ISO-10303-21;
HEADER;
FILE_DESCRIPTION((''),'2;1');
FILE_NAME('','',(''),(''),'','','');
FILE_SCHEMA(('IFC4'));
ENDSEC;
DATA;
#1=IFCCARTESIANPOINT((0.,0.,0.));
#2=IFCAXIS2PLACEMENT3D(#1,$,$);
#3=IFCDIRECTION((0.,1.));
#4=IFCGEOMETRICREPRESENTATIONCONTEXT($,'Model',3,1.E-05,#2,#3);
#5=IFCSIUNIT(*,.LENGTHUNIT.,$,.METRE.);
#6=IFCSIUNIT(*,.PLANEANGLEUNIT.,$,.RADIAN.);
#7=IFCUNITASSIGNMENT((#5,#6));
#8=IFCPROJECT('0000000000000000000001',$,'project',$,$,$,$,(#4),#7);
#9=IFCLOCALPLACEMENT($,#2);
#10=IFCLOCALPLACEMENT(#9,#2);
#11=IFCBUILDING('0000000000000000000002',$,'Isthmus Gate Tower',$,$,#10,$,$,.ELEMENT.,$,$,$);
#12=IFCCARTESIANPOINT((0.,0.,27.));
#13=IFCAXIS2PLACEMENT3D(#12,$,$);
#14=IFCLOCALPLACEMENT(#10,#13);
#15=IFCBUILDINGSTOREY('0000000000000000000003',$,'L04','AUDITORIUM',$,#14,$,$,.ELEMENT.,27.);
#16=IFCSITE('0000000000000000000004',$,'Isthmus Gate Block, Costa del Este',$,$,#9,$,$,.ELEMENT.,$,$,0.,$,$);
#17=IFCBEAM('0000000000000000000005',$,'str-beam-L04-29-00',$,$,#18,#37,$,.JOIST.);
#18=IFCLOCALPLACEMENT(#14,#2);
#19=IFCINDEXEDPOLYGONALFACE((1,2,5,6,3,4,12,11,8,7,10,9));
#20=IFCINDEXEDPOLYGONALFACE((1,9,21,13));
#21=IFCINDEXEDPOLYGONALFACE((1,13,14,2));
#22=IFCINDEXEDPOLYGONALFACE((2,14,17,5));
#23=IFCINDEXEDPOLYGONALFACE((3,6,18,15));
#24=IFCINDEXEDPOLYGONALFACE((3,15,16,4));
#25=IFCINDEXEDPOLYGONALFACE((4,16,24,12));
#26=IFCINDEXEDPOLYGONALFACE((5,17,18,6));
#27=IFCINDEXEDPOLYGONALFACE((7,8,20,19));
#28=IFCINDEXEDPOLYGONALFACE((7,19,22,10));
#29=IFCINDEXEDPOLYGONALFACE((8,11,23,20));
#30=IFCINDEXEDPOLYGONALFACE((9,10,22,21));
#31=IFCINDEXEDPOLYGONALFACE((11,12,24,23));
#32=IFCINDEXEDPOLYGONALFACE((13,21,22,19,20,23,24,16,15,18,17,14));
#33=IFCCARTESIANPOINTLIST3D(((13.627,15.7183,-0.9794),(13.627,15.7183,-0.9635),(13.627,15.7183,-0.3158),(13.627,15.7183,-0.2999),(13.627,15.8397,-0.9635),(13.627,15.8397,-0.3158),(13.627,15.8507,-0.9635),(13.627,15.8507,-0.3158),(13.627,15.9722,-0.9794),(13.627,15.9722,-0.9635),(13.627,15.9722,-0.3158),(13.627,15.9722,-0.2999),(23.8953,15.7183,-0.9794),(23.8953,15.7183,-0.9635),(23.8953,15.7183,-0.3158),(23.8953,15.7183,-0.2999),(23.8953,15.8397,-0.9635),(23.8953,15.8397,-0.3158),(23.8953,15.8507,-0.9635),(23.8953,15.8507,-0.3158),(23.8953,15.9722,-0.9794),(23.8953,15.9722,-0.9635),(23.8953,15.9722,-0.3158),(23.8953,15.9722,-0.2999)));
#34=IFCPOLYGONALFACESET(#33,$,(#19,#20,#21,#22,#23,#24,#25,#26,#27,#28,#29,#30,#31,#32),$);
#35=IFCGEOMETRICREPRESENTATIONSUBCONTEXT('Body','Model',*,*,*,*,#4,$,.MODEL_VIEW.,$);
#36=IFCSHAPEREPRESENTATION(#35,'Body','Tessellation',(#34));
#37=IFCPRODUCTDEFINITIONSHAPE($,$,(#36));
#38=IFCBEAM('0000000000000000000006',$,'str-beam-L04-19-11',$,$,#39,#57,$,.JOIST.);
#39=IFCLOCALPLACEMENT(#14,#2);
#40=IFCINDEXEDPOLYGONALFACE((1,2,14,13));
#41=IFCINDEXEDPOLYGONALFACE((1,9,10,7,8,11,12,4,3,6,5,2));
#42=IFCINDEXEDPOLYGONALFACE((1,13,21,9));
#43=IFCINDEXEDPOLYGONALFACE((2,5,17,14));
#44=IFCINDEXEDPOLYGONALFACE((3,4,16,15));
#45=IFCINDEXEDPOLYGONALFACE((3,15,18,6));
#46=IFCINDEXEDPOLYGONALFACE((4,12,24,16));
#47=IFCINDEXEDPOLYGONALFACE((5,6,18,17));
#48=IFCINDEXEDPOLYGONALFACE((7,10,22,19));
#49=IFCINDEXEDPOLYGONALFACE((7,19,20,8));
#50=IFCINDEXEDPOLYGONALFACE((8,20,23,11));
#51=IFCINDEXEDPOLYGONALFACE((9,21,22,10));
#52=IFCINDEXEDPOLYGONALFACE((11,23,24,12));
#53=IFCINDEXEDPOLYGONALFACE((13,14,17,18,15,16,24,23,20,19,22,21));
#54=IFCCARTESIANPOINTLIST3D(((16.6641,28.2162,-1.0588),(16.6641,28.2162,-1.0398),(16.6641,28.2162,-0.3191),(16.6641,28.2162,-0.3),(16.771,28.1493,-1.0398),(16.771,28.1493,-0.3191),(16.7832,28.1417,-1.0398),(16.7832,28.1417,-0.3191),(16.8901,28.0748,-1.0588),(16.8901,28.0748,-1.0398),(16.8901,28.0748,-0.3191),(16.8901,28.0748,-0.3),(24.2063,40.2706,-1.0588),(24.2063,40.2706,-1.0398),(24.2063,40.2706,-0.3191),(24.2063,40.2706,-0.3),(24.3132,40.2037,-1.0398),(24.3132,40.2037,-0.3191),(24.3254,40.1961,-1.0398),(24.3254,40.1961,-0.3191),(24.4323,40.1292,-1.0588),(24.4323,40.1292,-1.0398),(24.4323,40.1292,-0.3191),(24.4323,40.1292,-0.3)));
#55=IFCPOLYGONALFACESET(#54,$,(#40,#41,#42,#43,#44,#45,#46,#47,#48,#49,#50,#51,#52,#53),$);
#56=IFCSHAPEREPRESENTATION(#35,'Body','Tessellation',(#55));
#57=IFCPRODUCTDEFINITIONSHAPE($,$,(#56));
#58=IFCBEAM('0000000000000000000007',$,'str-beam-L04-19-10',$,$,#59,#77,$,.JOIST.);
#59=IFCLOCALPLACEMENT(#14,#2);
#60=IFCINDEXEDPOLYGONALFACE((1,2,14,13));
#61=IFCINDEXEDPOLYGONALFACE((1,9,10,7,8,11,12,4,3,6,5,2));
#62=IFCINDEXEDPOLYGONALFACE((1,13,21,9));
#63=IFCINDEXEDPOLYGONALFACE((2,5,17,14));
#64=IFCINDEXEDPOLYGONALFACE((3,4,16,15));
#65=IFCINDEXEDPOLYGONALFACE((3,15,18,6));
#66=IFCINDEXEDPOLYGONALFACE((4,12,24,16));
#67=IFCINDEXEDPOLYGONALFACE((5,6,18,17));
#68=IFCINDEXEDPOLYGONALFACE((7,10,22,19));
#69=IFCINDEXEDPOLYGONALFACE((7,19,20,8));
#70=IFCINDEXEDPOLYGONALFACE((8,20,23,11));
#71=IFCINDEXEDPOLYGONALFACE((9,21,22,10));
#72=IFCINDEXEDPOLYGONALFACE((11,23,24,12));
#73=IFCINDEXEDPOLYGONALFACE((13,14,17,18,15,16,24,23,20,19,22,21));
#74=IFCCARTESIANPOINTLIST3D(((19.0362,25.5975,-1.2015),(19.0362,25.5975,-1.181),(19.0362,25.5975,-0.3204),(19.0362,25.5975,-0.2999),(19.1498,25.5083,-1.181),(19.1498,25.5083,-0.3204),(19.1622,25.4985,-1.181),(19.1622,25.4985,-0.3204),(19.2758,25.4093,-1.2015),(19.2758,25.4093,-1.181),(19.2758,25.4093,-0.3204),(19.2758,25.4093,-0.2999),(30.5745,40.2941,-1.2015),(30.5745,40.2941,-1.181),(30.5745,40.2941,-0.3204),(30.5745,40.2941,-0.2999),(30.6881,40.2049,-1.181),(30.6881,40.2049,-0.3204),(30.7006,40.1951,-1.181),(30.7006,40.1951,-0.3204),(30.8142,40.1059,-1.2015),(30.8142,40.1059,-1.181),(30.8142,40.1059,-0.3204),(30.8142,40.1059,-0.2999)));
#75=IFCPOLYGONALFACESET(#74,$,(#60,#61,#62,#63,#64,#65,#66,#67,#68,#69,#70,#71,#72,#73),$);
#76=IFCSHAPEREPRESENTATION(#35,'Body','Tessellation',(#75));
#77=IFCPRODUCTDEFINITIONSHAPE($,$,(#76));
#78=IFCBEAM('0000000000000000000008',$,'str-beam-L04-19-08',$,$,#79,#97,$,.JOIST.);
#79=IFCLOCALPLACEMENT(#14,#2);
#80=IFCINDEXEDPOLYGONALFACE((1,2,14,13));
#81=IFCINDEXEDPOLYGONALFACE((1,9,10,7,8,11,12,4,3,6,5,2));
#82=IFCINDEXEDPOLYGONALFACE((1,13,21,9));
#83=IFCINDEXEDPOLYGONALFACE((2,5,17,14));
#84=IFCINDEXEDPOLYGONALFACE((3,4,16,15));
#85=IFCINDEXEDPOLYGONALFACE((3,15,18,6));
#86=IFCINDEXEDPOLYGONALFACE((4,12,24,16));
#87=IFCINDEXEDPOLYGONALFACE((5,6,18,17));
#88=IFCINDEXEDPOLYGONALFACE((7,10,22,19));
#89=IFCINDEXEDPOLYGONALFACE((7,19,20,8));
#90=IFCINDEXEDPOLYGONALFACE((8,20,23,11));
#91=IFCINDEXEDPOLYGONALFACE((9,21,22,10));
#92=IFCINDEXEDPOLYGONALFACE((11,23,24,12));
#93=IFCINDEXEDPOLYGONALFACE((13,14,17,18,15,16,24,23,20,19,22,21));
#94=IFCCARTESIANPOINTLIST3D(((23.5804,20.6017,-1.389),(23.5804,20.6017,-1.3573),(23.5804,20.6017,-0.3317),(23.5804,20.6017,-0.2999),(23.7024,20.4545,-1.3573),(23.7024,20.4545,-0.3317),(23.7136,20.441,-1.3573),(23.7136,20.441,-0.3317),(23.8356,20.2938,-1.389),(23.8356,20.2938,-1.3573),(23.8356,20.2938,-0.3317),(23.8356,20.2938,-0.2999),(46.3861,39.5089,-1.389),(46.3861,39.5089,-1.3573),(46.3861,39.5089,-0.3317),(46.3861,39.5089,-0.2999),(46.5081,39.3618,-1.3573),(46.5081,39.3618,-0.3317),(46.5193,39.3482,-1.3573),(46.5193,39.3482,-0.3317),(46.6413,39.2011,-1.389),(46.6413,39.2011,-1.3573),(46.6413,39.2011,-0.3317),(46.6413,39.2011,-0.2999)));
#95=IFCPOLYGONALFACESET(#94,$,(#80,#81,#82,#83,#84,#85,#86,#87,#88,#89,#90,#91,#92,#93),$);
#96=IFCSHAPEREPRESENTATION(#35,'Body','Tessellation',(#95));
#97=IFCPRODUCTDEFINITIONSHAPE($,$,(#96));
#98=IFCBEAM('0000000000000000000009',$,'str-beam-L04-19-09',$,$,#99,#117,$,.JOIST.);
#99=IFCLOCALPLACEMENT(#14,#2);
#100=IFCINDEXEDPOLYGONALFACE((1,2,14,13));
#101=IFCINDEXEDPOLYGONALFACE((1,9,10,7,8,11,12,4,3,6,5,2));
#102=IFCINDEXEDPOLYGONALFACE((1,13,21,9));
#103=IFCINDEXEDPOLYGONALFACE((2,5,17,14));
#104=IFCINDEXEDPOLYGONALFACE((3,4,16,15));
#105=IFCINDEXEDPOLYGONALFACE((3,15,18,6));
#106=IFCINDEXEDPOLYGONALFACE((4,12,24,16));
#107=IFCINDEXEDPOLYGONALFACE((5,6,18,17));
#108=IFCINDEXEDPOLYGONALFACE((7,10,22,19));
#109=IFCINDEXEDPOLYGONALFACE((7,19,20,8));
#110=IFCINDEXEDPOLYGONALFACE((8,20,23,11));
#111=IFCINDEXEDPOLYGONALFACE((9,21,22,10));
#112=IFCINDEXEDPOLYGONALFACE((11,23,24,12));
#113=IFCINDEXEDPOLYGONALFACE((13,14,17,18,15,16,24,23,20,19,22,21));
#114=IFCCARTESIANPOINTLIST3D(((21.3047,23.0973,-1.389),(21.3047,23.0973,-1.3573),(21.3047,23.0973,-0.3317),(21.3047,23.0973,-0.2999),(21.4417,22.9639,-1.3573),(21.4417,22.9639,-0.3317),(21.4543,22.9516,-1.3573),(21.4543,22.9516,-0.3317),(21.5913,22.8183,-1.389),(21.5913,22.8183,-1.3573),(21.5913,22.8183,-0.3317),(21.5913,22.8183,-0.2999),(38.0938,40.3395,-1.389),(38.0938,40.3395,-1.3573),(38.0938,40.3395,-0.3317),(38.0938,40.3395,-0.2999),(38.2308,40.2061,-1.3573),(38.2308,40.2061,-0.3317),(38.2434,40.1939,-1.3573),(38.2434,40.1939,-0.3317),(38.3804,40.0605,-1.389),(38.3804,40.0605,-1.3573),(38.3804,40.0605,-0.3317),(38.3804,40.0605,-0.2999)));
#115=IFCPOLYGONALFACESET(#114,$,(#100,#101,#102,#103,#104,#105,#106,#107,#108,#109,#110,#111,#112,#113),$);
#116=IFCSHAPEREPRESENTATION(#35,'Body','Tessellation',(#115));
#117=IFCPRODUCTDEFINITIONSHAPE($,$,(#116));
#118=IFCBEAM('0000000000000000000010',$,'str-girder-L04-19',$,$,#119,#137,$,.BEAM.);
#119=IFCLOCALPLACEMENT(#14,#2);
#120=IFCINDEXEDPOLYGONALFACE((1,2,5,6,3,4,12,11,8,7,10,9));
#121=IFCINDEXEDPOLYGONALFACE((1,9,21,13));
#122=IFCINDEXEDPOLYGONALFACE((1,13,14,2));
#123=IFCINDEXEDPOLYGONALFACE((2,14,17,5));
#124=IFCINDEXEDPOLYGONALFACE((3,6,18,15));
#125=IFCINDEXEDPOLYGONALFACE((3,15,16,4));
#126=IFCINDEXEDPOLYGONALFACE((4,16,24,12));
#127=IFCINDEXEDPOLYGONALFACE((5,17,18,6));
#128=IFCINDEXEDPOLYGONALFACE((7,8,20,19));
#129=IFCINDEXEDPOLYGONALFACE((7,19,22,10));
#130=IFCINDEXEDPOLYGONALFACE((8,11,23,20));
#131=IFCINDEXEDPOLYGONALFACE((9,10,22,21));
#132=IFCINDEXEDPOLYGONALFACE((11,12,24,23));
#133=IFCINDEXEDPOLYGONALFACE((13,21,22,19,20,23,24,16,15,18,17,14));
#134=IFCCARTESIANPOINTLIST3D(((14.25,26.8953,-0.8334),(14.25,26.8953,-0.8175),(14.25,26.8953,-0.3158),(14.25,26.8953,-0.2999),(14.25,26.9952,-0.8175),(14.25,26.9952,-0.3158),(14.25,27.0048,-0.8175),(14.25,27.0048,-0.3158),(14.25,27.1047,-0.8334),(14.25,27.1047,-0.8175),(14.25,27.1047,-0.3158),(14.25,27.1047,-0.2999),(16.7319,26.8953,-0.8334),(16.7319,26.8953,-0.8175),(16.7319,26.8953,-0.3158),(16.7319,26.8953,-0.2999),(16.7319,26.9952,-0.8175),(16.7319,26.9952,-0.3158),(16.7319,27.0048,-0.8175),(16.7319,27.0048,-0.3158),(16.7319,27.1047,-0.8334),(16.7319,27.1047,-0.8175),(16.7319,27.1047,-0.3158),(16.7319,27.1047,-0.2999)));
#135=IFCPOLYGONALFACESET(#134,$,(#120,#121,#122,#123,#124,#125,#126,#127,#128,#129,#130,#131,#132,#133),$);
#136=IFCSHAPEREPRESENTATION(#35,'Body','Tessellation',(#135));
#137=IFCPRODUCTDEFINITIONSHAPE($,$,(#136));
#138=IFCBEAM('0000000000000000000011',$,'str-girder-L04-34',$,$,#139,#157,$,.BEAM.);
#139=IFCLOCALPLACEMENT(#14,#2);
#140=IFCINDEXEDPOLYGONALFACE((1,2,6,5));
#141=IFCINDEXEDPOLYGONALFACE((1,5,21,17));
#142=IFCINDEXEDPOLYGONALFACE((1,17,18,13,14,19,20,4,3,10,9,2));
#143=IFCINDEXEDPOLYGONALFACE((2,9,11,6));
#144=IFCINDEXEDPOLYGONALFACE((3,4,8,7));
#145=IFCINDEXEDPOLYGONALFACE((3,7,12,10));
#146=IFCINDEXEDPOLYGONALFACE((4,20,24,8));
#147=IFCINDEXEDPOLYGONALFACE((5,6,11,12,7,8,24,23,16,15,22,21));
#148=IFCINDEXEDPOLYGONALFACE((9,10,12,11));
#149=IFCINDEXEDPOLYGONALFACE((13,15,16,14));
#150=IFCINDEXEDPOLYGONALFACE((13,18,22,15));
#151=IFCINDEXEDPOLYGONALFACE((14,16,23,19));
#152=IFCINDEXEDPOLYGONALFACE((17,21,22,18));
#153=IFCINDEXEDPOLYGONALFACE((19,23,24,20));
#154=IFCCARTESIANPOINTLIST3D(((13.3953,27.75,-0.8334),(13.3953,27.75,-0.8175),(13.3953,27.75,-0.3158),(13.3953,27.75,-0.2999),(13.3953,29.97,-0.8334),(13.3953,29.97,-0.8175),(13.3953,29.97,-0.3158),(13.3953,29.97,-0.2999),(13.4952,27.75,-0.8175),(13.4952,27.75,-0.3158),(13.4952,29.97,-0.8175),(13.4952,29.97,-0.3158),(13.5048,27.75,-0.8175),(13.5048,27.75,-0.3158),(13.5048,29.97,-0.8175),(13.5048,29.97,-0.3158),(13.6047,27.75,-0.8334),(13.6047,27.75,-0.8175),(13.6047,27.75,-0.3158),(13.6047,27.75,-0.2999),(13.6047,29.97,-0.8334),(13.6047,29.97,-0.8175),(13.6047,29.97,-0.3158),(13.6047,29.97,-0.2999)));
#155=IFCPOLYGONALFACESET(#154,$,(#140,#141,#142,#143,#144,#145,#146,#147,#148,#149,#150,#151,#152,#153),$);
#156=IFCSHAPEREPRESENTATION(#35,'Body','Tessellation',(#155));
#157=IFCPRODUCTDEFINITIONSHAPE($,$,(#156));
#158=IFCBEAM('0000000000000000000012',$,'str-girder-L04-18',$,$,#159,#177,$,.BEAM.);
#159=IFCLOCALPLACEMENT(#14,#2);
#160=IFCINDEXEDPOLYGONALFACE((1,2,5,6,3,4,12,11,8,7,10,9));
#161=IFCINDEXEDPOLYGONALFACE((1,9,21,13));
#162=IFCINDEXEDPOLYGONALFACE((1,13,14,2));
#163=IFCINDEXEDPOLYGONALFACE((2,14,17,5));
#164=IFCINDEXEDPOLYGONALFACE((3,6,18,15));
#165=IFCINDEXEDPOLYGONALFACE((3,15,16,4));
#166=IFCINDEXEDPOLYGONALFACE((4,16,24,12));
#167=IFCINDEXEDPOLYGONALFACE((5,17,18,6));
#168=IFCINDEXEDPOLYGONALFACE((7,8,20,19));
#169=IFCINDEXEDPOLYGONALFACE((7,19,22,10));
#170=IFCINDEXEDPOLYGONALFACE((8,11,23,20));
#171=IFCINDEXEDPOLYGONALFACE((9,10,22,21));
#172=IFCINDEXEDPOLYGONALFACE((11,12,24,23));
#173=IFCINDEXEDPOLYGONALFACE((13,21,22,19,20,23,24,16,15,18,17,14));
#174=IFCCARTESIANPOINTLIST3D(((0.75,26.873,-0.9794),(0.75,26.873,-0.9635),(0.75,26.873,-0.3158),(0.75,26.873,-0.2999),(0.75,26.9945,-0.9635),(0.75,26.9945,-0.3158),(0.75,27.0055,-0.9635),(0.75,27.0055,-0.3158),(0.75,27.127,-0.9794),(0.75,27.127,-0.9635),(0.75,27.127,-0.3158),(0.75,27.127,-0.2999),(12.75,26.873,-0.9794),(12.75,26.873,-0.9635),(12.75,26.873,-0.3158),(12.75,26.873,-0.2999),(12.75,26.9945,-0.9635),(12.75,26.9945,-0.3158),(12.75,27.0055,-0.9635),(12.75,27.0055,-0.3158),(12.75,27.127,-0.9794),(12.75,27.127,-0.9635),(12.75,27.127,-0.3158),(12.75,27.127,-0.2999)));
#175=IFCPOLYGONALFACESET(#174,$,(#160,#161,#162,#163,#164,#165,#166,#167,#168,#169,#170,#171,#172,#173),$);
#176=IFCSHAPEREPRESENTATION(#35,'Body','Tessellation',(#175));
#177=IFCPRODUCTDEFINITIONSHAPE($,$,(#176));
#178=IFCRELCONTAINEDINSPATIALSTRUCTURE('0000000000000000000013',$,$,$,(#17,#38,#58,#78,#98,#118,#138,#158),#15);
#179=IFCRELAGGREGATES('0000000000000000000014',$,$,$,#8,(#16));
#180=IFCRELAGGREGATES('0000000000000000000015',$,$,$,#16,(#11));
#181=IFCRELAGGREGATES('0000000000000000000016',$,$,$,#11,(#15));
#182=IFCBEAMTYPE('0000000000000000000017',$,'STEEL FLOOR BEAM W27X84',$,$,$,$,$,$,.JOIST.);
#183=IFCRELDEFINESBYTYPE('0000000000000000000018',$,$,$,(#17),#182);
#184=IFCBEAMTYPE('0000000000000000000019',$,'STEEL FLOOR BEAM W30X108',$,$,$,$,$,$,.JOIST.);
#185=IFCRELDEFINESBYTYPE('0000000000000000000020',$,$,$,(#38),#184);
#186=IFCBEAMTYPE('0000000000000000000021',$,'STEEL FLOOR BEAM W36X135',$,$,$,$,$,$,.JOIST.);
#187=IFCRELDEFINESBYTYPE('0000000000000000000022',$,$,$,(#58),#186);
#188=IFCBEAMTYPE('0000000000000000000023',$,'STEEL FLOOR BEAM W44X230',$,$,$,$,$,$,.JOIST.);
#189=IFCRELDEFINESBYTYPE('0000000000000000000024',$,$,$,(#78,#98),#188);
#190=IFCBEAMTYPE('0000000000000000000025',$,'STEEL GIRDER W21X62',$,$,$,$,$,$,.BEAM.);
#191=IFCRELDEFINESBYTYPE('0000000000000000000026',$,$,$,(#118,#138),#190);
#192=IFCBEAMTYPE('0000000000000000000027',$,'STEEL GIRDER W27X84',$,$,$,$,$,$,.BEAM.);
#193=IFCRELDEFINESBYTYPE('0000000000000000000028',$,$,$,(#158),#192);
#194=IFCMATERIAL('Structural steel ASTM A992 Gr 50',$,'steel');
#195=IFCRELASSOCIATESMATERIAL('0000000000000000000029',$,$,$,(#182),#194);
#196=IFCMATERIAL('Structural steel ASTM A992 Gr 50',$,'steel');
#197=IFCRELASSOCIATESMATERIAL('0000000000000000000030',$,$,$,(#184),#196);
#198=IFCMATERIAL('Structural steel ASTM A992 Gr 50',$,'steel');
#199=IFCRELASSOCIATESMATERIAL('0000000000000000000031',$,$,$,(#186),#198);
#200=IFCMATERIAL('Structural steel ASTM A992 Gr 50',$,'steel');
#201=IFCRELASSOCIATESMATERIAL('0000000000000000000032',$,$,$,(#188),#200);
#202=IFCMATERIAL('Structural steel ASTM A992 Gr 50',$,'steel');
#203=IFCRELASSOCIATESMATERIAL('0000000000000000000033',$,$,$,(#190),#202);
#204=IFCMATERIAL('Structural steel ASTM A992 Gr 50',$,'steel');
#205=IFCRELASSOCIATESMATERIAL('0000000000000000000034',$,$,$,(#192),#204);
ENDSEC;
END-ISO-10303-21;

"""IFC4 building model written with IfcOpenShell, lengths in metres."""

from ifc_helpers import new_model, si_unit, direction, frame, origin, origin_2d, place, context, subcontext, project, spatial, i_section, extrude, material, material_profile, profile_set, type_object, element, save


model = new_model("IFC4")

# Units and contexts
model_context = context("Model", 3, precision=1e-05, world=origin(), true_north=direction((0.0, 1.0)))
body_context = subcontext(model_context, "Body", "Model", "MODEL_VIEW")
ifc_project = project(units=[si_unit("LENGTHUNIT", "METRE"), si_unit("PLANEANGLEUNIT", "RADIAN")], contexts=[model_context])

# Site, building, storey
site_placement = place(None, origin())
site = spatial("IfcSite", under=ifc_project, at=site_placement, Name="Isthmus Gate Block, Costa del Este", CompositionType="ELEMENT", RefElevation=0.0)
building_placement = place(site_placement, origin())
building = spatial("IfcBuilding", under=site, at=building_placement, Name="Isthmus Gate Tower", CompositionType="ELEMENT")
storey_placement = place(building_placement, frame((0.0, 0.0, 27.0)))
storey = spatial("IfcBuildingStorey", under=building, at=storey_placement, Name="L04", Description="AUDITORIUM", CompositionType="ELEMENT", Elevation=27.0)

# Beams
ifc_material_1 = material(Name="Structural steel ASTM A992 Gr 50", Category="steel")
ifc_material_profile_1 = material_profile(ifc_material_1, i_section(OverallWidth=0.2539, OverallDepth=0.6794, WebThickness=0.011, FlangeThickness=0.0159, at=origin_2d()), Name="W27X84")
ifc_profile_set_1 = profile_set([ifc_material_profile_1], Name="Structural steel ASTM A992 Gr 50")
beam_type_1 = type_object("IfcBeamType", Name="STEEL FLOOR BEAM W27X84", PredefinedType="JOIST", material=ifc_profile_set_1)
beam_1_placement = place(storey_placement, frame((13.627, 15.8452, -0.6396), z_axis=(1.0, 0.0, 0.0), x_axis=(0.0, 1.0, 0.0)))
element("IfcBeam", 1, at=beam_1_placement, inside=storey, type_object=beam_type_1, Name="str-beam-L04-29-00", PredefinedType="JOIST", context=body_context, shape_type="SweptSolid", body=[
    extrude(i_section(OverallWidth=0.2539, OverallDepth=0.6794, WebThickness=0.011, FlangeThickness=0.0159, at=origin_2d()), origin(), (0.0, 0.0, 1.0), 10.2683),
])
ifc_material_2 = material(Name="Structural steel ASTM A992 Gr 50", Category="steel")
ifc_material_profile_2 = material_profile(ifc_material_2, i_section(OverallWidth=0.2666, OverallDepth=0.7588, WebThickness=0.0144, FlangeThickness=0.019, at=origin_2d()), Name="W30X108")
ifc_profile_set_2 = profile_set([ifc_material_profile_2], Name="Structural steel ASTM A992 Gr 50")
beam_type_2 = type_object("IfcBeamType", Name="STEEL FLOOR BEAM W30X108", PredefinedType="JOIST", material=ifc_profile_set_2)
beam_2_placement = place(storey_placement, frame((16.7771, 28.1455, -0.6794), z_axis=(0.530414, 0.847739, 0.0), x_axis=(-0.847739, 0.530414, 0.0)))
element("IfcBeam", 2, at=beam_2_placement, inside=storey, type_object=beam_type_2, Name="str-beam-L04-19-11", PredefinedType="JOIST", context=body_context, shape_type="SweptSolid", body=[
    extrude(i_section(OverallWidth=0.2666, OverallDepth=0.7588, WebThickness=0.0144, FlangeThickness=0.019, at=origin_2d()), origin(), (0.0, 0.0, 1.0), 14.2195),
])
ifc_material_3 = material(Name="Structural steel ASTM A992 Gr 50", Category="steel")
ifc_material_profile_3 = material_profile(ifc_material_3, i_section(OverallWidth=0.3047, OverallDepth=0.9016, WebThickness=0.0159, FlangeThickness=0.0205, at=origin_2d()), Name="W36X135")
ifc_profile_set_3 = profile_set([ifc_material_profile_3], Name="Structural steel ASTM A992 Gr 50")
beam_type_3 = type_object("IfcBeamType", Name="STEEL FLOOR BEAM W36X135", PredefinedType="JOIST", material=ifc_profile_set_3)
beam_3_placement = place(storey_placement, frame((19.156, 25.5034, -0.7507), z_axis=(0.617525, 0.786551, 0.0), x_axis=(-0.786551, 0.617525, 0.0)))
element("IfcBeam", 3, at=beam_3_placement, inside=storey, type_object=beam_type_3, Name="str-beam-L04-19-10", PredefinedType="JOIST", context=body_context, shape_type="SweptSolid", body=[
    extrude(i_section(OverallWidth=0.3047, OverallDepth=0.9016, WebThickness=0.0159, FlangeThickness=0.0205, at=origin_2d()), origin(), (0.0, 0.0, 1.0), 18.6848),
])
ifc_material_4 = material(Name="Structural steel ASTM A992 Gr 50", Category="steel")
ifc_material_profile_4 = material_profile(ifc_material_4, i_section(OverallWidth=0.3999, OverallDepth=1.0891, WebThickness=0.0176, FlangeThickness=0.0317, at=origin_2d()), Name="W44X230")
ifc_profile_set_4 = profile_set([ifc_material_profile_4], Name="Structural steel ASTM A992 Gr 50")
beam_type_4 = type_object("IfcBeamType", Name="STEEL FLOOR BEAM W44X230", PredefinedType="JOIST", material=ifc_profile_set_4)
beam_4_placement = place(storey_placement, frame((23.708, 20.4478, -0.8445), z_axis=(0.769837, 0.63824, 0.0), x_axis=(-0.63824, 0.769837, 0.0)))
element("IfcBeam", 4, at=beam_4_placement, inside=storey, type_object=beam_type_4, Name="str-beam-L04-19-08", PredefinedType="JOIST", context=body_context, shape_type="SweptSolid", body=[
    extrude(i_section(OverallWidth=0.3999, OverallDepth=1.0891, WebThickness=0.0176, FlangeThickness=0.0317, at=origin_2d()), origin(), (0.0, 0.0, 1.0), 29.624),
])
beam_5_placement = place(storey_placement, frame((21.448, 22.9578, -0.8445), z_axis=(0.69763, 0.716458, 0.0), x_axis=(-0.716458, 0.69763, 0.0)))
element("IfcBeam", 5, at=beam_5_placement, inside=storey, type_object=beam_type_4, Name="str-beam-L04-19-09", PredefinedType="JOIST", context=body_context, shape_type="SweptSolid", body=[
    extrude(i_section(OverallWidth=0.3999, OverallDepth=1.0891, WebThickness=0.0176, FlangeThickness=0.0317, at=origin_2d()), origin(), (0.0, 0.0, 1.0), 24.0659),
])
ifc_material_5 = material(Name="Structural steel ASTM A992 Gr 50", Category="steel")
ifc_material_profile_5 = material_profile(ifc_material_5, i_section(OverallWidth=0.2095, OverallDepth=0.5334, WebThickness=0.0095, FlangeThickness=0.0159, at=origin_2d()), Name="W21X62")
ifc_profile_set_5 = profile_set([ifc_material_profile_5], Name="Structural steel ASTM A992 Gr 50")
beam_type_5 = type_object("IfcBeamType", Name="STEEL GIRDER W21X62", PredefinedType="BEAM", material=ifc_profile_set_5)
beam_6_placement = place(storey_placement, frame((14.25, 27.0, -0.5667), z_axis=(1.0, 0.0, 0.0), x_axis=(0.0, 1.0, 0.0)))
element("IfcBeam", 6, at=beam_6_placement, inside=storey, type_object=beam_type_5, Name="str-girder-L04-19", PredefinedType="BEAM", context=body_context, shape_type="SweptSolid", body=[
    extrude(i_section(OverallWidth=0.2095, OverallDepth=0.5334, WebThickness=0.0095, FlangeThickness=0.0159, at=origin_2d()), origin(), (0.0, 0.0, 1.0), 2.4819),
])
beam_7_placement = place(storey_placement, frame((13.5, 27.75, -0.5667), z_axis=(0.0, 1.0, 0.0), x_axis=(-1.0, 0.0, 0.0)))
element("IfcBeam", 7, at=beam_7_placement, inside=storey, type_object=beam_type_5, Name="str-girder-L04-34", PredefinedType="BEAM", context=body_context, shape_type="SweptSolid", body=[
    extrude(i_section(OverallWidth=0.2095, OverallDepth=0.5334, WebThickness=0.0095, FlangeThickness=0.0159, at=origin_2d()), origin(), (0.0, 0.0, 1.0), 2.22),
])
ifc_material_6 = material(Name="Structural steel ASTM A992 Gr 50", Category="steel")
ifc_material_profile_6 = material_profile(ifc_material_6, i_section(OverallWidth=0.2539, OverallDepth=0.6794, WebThickness=0.011, FlangeThickness=0.0159, at=origin_2d()), Name="W27X84")
ifc_profile_set_6 = profile_set([ifc_material_profile_6], Name="Structural steel ASTM A992 Gr 50")
beam_type_6 = type_object("IfcBeamType", Name="STEEL GIRDER W27X84", PredefinedType="BEAM", material=ifc_profile_set_6)
beam_8_placement = place(storey_placement, frame((0.75, 27.0, -0.6396), z_axis=(1.0, 0.0, 0.0), x_axis=(0.0, 1.0, 0.0)))
element("IfcBeam", 8, at=beam_8_placement, inside=storey, type_object=beam_type_6, Name="str-girder-L04-18", PredefinedType="BEAM", context=body_context, shape_type="SweptSolid", body=[
    extrude(i_section(OverallWidth=0.2539, OverallDepth=0.6794, WebThickness=0.011, FlangeThickness=0.0159, at=origin_2d()), origin(), (0.0, 0.0, 1.0), 12.0),
])

save(model, "model.ifc")
